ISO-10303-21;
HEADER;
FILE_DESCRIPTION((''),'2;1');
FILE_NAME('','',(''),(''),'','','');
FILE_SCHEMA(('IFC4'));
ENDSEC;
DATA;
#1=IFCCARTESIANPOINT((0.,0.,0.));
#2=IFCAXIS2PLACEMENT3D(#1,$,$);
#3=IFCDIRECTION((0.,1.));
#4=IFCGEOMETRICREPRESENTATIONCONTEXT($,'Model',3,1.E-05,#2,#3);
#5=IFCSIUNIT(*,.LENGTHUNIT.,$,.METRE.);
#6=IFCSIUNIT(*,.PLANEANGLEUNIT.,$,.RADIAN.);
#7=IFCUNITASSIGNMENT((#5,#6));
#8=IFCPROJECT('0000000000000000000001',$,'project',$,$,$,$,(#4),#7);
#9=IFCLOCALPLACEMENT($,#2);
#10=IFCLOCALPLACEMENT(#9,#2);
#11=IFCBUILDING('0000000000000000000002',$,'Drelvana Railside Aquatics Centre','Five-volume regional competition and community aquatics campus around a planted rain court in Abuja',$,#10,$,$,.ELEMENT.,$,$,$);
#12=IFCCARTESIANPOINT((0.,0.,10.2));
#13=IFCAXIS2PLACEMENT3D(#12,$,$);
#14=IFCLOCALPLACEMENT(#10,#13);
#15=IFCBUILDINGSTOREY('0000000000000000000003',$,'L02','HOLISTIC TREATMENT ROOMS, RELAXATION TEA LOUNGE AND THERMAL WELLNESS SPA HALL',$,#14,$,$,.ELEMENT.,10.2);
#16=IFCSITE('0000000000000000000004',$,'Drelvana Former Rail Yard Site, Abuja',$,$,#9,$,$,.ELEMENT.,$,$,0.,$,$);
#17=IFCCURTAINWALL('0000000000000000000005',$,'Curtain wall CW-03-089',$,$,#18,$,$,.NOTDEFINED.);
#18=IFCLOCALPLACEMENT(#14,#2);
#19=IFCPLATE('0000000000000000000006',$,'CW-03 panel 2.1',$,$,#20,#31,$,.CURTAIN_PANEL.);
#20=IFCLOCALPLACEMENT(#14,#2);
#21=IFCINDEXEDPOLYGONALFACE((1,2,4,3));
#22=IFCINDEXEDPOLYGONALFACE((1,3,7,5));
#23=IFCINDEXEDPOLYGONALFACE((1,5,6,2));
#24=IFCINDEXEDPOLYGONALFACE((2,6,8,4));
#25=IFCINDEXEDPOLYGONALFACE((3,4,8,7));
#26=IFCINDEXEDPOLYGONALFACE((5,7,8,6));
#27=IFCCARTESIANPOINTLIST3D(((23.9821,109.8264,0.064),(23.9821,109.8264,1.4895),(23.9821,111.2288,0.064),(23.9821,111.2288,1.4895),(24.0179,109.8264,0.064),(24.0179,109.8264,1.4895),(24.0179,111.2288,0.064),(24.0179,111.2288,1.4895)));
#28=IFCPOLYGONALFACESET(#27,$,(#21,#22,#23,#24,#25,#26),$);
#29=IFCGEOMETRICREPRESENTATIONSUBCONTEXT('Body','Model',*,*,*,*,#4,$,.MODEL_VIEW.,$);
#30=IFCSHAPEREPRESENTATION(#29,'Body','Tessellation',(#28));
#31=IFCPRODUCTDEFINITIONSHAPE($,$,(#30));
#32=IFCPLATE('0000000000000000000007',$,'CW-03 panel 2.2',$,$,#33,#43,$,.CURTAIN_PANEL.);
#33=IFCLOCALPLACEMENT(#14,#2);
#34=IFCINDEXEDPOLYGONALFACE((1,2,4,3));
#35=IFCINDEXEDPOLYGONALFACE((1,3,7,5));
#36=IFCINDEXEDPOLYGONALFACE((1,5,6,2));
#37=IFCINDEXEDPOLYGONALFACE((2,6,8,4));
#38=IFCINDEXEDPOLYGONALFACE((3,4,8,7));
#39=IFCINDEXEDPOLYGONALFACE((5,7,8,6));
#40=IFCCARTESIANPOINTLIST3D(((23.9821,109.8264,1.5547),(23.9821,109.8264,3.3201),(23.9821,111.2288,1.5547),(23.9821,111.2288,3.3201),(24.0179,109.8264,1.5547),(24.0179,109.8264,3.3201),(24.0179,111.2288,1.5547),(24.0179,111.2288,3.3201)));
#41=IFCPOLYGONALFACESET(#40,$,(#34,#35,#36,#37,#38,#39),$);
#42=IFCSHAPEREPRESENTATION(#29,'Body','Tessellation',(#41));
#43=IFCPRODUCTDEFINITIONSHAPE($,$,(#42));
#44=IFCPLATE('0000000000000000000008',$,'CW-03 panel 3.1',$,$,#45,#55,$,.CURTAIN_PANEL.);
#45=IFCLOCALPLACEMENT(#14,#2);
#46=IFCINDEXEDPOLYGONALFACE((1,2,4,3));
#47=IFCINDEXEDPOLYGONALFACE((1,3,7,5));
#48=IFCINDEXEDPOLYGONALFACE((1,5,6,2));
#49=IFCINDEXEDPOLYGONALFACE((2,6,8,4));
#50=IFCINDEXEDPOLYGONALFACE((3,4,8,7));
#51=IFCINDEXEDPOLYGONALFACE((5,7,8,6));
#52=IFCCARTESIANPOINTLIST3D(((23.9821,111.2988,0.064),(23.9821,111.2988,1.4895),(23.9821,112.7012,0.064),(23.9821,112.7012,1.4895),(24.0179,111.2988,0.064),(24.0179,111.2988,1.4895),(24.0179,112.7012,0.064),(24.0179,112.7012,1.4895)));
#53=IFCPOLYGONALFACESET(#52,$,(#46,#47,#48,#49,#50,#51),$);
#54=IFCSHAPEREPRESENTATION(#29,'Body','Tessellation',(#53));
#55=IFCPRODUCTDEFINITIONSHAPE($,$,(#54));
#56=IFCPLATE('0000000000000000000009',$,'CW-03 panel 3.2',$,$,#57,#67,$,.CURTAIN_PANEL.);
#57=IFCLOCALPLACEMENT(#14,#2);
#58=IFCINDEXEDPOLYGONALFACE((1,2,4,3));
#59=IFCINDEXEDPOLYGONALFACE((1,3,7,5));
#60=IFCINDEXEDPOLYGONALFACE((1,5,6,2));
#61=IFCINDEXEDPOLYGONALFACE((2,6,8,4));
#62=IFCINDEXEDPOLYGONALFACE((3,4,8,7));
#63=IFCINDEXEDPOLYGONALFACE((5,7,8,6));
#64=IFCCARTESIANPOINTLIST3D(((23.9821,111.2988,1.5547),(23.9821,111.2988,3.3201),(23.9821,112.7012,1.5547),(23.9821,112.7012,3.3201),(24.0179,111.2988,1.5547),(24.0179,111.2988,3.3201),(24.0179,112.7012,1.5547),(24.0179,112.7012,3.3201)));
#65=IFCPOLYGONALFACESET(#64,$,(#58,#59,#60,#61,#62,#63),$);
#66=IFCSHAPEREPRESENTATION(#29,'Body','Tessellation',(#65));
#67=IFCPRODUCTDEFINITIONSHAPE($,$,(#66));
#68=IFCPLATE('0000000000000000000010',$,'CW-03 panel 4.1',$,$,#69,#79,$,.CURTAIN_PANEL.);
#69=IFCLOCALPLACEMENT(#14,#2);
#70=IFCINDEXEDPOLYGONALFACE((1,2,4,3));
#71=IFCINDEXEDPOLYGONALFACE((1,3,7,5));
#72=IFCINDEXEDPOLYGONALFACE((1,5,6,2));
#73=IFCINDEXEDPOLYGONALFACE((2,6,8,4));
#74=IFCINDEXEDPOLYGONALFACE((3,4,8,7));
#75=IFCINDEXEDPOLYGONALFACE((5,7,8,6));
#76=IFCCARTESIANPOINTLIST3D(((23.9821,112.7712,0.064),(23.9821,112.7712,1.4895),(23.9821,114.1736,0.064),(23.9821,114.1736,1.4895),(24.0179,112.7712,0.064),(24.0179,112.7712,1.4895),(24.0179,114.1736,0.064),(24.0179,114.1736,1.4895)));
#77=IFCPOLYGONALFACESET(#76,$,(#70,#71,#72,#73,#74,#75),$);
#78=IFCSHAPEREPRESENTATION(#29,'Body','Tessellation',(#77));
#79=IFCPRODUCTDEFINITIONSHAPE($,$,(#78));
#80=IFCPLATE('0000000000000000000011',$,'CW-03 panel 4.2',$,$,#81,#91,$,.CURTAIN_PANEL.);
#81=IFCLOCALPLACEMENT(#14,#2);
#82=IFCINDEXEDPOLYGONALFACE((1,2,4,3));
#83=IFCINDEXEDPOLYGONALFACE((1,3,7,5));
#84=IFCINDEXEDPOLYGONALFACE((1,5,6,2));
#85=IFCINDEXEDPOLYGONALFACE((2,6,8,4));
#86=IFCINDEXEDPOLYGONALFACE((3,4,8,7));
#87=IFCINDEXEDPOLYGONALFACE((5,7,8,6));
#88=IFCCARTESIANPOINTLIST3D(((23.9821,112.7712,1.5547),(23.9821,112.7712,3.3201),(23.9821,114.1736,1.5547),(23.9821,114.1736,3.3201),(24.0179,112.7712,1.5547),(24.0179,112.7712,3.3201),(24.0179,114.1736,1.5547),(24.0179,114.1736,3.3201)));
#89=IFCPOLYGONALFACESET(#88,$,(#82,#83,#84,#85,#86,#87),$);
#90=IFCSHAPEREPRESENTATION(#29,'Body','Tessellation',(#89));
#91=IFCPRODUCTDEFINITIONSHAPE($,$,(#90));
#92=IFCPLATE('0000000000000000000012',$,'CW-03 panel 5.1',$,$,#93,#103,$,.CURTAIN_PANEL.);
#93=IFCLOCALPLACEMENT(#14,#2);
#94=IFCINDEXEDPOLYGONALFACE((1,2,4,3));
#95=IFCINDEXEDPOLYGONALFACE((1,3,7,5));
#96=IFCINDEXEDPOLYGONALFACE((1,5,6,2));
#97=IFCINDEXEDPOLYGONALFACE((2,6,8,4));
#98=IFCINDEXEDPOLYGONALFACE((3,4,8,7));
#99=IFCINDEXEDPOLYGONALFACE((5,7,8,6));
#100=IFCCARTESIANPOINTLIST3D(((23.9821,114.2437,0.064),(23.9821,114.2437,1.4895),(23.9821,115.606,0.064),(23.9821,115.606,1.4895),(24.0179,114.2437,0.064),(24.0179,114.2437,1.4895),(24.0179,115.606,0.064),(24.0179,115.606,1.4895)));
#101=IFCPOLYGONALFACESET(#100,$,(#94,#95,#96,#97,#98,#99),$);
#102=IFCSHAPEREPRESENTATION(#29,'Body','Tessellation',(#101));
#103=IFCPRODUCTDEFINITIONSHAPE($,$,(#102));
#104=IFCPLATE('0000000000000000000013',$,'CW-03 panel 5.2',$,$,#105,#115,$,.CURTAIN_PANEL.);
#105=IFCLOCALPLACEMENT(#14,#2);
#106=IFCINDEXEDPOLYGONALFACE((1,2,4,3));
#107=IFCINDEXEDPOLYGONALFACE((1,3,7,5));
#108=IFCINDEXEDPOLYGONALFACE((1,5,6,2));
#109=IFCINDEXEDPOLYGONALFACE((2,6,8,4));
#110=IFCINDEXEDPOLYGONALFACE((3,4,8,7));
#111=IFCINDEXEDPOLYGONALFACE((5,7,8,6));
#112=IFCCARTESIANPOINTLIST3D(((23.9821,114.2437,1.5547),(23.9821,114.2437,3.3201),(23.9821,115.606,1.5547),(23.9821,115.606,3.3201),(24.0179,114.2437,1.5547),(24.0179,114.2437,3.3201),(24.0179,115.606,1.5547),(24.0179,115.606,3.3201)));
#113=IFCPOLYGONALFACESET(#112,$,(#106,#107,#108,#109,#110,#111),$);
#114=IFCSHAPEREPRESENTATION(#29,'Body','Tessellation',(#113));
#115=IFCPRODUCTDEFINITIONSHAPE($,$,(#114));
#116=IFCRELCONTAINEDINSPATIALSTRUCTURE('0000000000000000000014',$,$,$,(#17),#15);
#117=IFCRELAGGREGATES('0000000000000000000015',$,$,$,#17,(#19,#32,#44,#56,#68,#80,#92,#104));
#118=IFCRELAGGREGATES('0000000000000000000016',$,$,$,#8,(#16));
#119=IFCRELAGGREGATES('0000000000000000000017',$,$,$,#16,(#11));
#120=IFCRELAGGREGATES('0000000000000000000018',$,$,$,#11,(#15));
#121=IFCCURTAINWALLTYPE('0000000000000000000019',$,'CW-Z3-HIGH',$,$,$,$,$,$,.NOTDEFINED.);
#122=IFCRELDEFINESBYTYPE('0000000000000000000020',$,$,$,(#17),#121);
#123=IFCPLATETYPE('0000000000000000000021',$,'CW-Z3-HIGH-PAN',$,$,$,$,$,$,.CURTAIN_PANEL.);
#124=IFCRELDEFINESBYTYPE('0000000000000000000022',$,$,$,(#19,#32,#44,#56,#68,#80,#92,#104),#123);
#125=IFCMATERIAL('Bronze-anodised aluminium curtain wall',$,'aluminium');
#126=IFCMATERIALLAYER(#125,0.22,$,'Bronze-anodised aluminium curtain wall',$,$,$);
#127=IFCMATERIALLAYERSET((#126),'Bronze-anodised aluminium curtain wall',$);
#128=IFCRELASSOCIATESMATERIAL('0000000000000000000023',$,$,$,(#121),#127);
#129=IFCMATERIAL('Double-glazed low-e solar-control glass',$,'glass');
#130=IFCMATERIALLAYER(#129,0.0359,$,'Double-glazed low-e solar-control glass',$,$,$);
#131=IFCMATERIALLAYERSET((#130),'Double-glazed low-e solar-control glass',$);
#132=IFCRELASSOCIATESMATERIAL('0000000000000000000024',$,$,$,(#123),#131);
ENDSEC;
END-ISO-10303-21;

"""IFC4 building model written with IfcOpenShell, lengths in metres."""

from ifc_helpers import new_model, si_unit, direction, frame, origin, origin_2d, place, context, subcontext, project, spatial, rectangle, extrude, material, layer, layer_set, type_object, element, aggregate, save


model = new_model("IFC4")

# Units and contexts
model_context = context("Model", 3, precision=1e-05, world=origin(), true_north=direction((0.0, 1.0)))
body_context = subcontext(model_context, "Body", "Model", "MODEL_VIEW")
ifc_project = project(units=[si_unit("LENGTHUNIT", "METRE"), si_unit("PLANEANGLEUNIT", "RADIAN")], contexts=[model_context])

# Site, building, storey
site_placement = place(None, origin())
site = spatial("IfcSite", under=ifc_project, at=site_placement, Name="Drelvana Former Rail Yard Site, Abuja", CompositionType="ELEMENT", RefElevation=0.0)
building_placement = place(site_placement, origin())
building = spatial("IfcBuilding", under=site, at=building_placement, Name="Drelvana Railside Aquatics Centre", Description="Five-volume regional competition and community aquatics campus around a planted rain court in Abuja", CompositionType="ELEMENT")
storey_placement = place(building_placement, frame((0.0, 0.0, 10.2)))
storey = spatial("IfcBuildingStorey", under=building, at=storey_placement, Name="L02", Description="HOLISTIC TREATMENT ROOMS, RELAXATION TEA LOUNGE AND THERMAL WELLNESS SPA HALL", CompositionType="ELEMENT", Elevation=10.2)

# Curtain wall, plates
ifc_material_1 = material(Name="Bronze-anodised aluminium curtain wall", Category="aluminium")
ifc_layer_1 = layer(ifc_material_1, 0.22, Name="Bronze-anodised aluminium curtain wall")
ifc_layer_set_1 = layer_set([ifc_layer_1], Name="Bronze-anodised aluminium curtain wall")
curtain_wall_type = type_object("IfcCurtainWallType", Name="CW-Z3-HIGH", PredefinedType="NOTDEFINED", material=ifc_layer_set_1)
curtain_wall_placement = place(storey_placement, origin())
curtain_wall = element("IfcCurtainWall", 1, at=curtain_wall_placement, inside=storey, type_object=curtain_wall_type, Name="Curtain wall CW-03-089", PredefinedType="NOTDEFINED")
ifc_material_2 = material(Name="Double-glazed low-e solar-control glass", Category="glass")
ifc_layer_2 = layer(ifc_material_2, 0.0359, Name="Double-glazed low-e solar-control glass")
ifc_layer_set_2 = layer_set([ifc_layer_2], Name="Double-glazed low-e solar-control glass")
plate_type = type_object("IfcPlateType", Name="CW-Z3-HIGH-PAN", PredefinedType="CURTAIN_PANEL", material=ifc_layer_set_2)
plate_1_placement = place(storey_placement, frame((24.0, 110.5276, 0.064), z_axis=(0.0, 0.0, 1.0), x_axis=(0.0, 1.0, 0.0)))
plate_1 = element("IfcPlate", 2, at=plate_1_placement, type_object=plate_type, Name="CW-03 panel 2.1", PredefinedType="CURTAIN_PANEL", context=body_context, shape_type="SweptSolid", body=[
    extrude(rectangle(XDim=1.4023, YDim=0.0359, at=origin_2d()), origin(), (0.0, 0.0, 1.0), 1.4255),
])
plate_2_placement = place(storey_placement, frame((24.0, 110.5276, 1.5547), z_axis=(0.0, 0.0, 1.0), x_axis=(0.0, 1.0, 0.0)))
plate_2 = element("IfcPlate", 3, at=plate_2_placement, type_object=plate_type, Name="CW-03 panel 2.2", PredefinedType="CURTAIN_PANEL", context=body_context, shape_type="SweptSolid", body=[
    extrude(rectangle(XDim=1.4023, YDim=0.0359, at=origin_2d()), origin(), (0.0, 0.0, 1.0), 1.7654),
])
plate_3_placement = place(storey_placement, frame((24.0, 112.0, 0.064), z_axis=(0.0, 0.0, 1.0), x_axis=(0.0, 1.0, 0.0)))
plate_3 = element("IfcPlate", 4, at=plate_3_placement, type_object=plate_type, Name="CW-03 panel 3.1", PredefinedType="CURTAIN_PANEL", context=body_context, shape_type="SweptSolid", body=[
    extrude(rectangle(XDim=1.4023, YDim=0.0359, at=origin_2d()), origin(), (0.0, 0.0, 1.0), 1.4255),
])
plate_4_placement = place(storey_placement, frame((24.0, 112.0, 1.5547), z_axis=(0.0, 0.0, 1.0), x_axis=(0.0, 1.0, 0.0)))
plate_4 = element("IfcPlate", 5, at=plate_4_placement, type_object=plate_type, Name="CW-03 panel 3.2", PredefinedType="CURTAIN_PANEL", context=body_context, shape_type="SweptSolid", body=[
    extrude(rectangle(XDim=1.4023, YDim=0.0359, at=origin_2d()), origin(), (0.0, 0.0, 1.0), 1.7654),
])
plate_5_placement = place(storey_placement, frame((24.0, 113.4724, 0.064), z_axis=(0.0, 0.0, 1.0), x_axis=(0.0, 1.0, 0.0)))
plate_5 = element("IfcPlate", 6, at=plate_5_placement, type_object=plate_type, Name="CW-03 panel 4.1", PredefinedType="CURTAIN_PANEL", context=body_context, shape_type="SweptSolid", body=[
    extrude(rectangle(XDim=1.4023, YDim=0.0359, at=origin_2d()), origin(), (0.0, 0.0, 1.0), 1.4255),
])
plate_6_placement = place(storey_placement, frame((24.0, 113.4724, 1.5547), z_axis=(0.0, 0.0, 1.0), x_axis=(0.0, 1.0, 0.0)))
plate_6 = element("IfcPlate", 7, at=plate_6_placement, type_object=plate_type, Name="CW-03 panel 4.2", PredefinedType="CURTAIN_PANEL", context=body_context, shape_type="SweptSolid", body=[
    extrude(rectangle(XDim=1.4023, YDim=0.0359, at=origin_2d()), origin(), (0.0, 0.0, 1.0), 1.7654),
])
plate_7_placement = place(storey_placement, frame((24.0, 114.9248, 0.064), z_axis=(0.0, 0.0, 1.0), x_axis=(0.0, 1.0, 0.0)))
plate_7 = element("IfcPlate", 8, at=plate_7_placement, type_object=plate_type, Name="CW-03 panel 5.1", PredefinedType="CURTAIN_PANEL", context=body_context, shape_type="SweptSolid", body=[
    extrude(rectangle(XDim=1.3623, YDim=0.0359, at=origin_2d()), origin(), (0.0, 0.0, 1.0), 1.4255),
])
plate_8_placement = place(storey_placement, frame((24.0, 114.9248, 1.5547), z_axis=(0.0, 0.0, 1.0), x_axis=(0.0, 1.0, 0.0)))
plate_8 = element("IfcPlate", 9, at=plate_8_placement, type_object=plate_type, Name="CW-03 panel 5.2", PredefinedType="CURTAIN_PANEL", context=body_context, shape_type="SweptSolid", body=[
    extrude(rectangle(XDim=1.3623, YDim=0.0359, at=origin_2d()), origin(), (0.0, 0.0, 1.0), 1.7654),
])
aggregate(curtain_wall, [plate_1, plate_2, plate_3, plate_4, plate_5, plate_6, plate_7, plate_8])

save(model, "model.ifc")
